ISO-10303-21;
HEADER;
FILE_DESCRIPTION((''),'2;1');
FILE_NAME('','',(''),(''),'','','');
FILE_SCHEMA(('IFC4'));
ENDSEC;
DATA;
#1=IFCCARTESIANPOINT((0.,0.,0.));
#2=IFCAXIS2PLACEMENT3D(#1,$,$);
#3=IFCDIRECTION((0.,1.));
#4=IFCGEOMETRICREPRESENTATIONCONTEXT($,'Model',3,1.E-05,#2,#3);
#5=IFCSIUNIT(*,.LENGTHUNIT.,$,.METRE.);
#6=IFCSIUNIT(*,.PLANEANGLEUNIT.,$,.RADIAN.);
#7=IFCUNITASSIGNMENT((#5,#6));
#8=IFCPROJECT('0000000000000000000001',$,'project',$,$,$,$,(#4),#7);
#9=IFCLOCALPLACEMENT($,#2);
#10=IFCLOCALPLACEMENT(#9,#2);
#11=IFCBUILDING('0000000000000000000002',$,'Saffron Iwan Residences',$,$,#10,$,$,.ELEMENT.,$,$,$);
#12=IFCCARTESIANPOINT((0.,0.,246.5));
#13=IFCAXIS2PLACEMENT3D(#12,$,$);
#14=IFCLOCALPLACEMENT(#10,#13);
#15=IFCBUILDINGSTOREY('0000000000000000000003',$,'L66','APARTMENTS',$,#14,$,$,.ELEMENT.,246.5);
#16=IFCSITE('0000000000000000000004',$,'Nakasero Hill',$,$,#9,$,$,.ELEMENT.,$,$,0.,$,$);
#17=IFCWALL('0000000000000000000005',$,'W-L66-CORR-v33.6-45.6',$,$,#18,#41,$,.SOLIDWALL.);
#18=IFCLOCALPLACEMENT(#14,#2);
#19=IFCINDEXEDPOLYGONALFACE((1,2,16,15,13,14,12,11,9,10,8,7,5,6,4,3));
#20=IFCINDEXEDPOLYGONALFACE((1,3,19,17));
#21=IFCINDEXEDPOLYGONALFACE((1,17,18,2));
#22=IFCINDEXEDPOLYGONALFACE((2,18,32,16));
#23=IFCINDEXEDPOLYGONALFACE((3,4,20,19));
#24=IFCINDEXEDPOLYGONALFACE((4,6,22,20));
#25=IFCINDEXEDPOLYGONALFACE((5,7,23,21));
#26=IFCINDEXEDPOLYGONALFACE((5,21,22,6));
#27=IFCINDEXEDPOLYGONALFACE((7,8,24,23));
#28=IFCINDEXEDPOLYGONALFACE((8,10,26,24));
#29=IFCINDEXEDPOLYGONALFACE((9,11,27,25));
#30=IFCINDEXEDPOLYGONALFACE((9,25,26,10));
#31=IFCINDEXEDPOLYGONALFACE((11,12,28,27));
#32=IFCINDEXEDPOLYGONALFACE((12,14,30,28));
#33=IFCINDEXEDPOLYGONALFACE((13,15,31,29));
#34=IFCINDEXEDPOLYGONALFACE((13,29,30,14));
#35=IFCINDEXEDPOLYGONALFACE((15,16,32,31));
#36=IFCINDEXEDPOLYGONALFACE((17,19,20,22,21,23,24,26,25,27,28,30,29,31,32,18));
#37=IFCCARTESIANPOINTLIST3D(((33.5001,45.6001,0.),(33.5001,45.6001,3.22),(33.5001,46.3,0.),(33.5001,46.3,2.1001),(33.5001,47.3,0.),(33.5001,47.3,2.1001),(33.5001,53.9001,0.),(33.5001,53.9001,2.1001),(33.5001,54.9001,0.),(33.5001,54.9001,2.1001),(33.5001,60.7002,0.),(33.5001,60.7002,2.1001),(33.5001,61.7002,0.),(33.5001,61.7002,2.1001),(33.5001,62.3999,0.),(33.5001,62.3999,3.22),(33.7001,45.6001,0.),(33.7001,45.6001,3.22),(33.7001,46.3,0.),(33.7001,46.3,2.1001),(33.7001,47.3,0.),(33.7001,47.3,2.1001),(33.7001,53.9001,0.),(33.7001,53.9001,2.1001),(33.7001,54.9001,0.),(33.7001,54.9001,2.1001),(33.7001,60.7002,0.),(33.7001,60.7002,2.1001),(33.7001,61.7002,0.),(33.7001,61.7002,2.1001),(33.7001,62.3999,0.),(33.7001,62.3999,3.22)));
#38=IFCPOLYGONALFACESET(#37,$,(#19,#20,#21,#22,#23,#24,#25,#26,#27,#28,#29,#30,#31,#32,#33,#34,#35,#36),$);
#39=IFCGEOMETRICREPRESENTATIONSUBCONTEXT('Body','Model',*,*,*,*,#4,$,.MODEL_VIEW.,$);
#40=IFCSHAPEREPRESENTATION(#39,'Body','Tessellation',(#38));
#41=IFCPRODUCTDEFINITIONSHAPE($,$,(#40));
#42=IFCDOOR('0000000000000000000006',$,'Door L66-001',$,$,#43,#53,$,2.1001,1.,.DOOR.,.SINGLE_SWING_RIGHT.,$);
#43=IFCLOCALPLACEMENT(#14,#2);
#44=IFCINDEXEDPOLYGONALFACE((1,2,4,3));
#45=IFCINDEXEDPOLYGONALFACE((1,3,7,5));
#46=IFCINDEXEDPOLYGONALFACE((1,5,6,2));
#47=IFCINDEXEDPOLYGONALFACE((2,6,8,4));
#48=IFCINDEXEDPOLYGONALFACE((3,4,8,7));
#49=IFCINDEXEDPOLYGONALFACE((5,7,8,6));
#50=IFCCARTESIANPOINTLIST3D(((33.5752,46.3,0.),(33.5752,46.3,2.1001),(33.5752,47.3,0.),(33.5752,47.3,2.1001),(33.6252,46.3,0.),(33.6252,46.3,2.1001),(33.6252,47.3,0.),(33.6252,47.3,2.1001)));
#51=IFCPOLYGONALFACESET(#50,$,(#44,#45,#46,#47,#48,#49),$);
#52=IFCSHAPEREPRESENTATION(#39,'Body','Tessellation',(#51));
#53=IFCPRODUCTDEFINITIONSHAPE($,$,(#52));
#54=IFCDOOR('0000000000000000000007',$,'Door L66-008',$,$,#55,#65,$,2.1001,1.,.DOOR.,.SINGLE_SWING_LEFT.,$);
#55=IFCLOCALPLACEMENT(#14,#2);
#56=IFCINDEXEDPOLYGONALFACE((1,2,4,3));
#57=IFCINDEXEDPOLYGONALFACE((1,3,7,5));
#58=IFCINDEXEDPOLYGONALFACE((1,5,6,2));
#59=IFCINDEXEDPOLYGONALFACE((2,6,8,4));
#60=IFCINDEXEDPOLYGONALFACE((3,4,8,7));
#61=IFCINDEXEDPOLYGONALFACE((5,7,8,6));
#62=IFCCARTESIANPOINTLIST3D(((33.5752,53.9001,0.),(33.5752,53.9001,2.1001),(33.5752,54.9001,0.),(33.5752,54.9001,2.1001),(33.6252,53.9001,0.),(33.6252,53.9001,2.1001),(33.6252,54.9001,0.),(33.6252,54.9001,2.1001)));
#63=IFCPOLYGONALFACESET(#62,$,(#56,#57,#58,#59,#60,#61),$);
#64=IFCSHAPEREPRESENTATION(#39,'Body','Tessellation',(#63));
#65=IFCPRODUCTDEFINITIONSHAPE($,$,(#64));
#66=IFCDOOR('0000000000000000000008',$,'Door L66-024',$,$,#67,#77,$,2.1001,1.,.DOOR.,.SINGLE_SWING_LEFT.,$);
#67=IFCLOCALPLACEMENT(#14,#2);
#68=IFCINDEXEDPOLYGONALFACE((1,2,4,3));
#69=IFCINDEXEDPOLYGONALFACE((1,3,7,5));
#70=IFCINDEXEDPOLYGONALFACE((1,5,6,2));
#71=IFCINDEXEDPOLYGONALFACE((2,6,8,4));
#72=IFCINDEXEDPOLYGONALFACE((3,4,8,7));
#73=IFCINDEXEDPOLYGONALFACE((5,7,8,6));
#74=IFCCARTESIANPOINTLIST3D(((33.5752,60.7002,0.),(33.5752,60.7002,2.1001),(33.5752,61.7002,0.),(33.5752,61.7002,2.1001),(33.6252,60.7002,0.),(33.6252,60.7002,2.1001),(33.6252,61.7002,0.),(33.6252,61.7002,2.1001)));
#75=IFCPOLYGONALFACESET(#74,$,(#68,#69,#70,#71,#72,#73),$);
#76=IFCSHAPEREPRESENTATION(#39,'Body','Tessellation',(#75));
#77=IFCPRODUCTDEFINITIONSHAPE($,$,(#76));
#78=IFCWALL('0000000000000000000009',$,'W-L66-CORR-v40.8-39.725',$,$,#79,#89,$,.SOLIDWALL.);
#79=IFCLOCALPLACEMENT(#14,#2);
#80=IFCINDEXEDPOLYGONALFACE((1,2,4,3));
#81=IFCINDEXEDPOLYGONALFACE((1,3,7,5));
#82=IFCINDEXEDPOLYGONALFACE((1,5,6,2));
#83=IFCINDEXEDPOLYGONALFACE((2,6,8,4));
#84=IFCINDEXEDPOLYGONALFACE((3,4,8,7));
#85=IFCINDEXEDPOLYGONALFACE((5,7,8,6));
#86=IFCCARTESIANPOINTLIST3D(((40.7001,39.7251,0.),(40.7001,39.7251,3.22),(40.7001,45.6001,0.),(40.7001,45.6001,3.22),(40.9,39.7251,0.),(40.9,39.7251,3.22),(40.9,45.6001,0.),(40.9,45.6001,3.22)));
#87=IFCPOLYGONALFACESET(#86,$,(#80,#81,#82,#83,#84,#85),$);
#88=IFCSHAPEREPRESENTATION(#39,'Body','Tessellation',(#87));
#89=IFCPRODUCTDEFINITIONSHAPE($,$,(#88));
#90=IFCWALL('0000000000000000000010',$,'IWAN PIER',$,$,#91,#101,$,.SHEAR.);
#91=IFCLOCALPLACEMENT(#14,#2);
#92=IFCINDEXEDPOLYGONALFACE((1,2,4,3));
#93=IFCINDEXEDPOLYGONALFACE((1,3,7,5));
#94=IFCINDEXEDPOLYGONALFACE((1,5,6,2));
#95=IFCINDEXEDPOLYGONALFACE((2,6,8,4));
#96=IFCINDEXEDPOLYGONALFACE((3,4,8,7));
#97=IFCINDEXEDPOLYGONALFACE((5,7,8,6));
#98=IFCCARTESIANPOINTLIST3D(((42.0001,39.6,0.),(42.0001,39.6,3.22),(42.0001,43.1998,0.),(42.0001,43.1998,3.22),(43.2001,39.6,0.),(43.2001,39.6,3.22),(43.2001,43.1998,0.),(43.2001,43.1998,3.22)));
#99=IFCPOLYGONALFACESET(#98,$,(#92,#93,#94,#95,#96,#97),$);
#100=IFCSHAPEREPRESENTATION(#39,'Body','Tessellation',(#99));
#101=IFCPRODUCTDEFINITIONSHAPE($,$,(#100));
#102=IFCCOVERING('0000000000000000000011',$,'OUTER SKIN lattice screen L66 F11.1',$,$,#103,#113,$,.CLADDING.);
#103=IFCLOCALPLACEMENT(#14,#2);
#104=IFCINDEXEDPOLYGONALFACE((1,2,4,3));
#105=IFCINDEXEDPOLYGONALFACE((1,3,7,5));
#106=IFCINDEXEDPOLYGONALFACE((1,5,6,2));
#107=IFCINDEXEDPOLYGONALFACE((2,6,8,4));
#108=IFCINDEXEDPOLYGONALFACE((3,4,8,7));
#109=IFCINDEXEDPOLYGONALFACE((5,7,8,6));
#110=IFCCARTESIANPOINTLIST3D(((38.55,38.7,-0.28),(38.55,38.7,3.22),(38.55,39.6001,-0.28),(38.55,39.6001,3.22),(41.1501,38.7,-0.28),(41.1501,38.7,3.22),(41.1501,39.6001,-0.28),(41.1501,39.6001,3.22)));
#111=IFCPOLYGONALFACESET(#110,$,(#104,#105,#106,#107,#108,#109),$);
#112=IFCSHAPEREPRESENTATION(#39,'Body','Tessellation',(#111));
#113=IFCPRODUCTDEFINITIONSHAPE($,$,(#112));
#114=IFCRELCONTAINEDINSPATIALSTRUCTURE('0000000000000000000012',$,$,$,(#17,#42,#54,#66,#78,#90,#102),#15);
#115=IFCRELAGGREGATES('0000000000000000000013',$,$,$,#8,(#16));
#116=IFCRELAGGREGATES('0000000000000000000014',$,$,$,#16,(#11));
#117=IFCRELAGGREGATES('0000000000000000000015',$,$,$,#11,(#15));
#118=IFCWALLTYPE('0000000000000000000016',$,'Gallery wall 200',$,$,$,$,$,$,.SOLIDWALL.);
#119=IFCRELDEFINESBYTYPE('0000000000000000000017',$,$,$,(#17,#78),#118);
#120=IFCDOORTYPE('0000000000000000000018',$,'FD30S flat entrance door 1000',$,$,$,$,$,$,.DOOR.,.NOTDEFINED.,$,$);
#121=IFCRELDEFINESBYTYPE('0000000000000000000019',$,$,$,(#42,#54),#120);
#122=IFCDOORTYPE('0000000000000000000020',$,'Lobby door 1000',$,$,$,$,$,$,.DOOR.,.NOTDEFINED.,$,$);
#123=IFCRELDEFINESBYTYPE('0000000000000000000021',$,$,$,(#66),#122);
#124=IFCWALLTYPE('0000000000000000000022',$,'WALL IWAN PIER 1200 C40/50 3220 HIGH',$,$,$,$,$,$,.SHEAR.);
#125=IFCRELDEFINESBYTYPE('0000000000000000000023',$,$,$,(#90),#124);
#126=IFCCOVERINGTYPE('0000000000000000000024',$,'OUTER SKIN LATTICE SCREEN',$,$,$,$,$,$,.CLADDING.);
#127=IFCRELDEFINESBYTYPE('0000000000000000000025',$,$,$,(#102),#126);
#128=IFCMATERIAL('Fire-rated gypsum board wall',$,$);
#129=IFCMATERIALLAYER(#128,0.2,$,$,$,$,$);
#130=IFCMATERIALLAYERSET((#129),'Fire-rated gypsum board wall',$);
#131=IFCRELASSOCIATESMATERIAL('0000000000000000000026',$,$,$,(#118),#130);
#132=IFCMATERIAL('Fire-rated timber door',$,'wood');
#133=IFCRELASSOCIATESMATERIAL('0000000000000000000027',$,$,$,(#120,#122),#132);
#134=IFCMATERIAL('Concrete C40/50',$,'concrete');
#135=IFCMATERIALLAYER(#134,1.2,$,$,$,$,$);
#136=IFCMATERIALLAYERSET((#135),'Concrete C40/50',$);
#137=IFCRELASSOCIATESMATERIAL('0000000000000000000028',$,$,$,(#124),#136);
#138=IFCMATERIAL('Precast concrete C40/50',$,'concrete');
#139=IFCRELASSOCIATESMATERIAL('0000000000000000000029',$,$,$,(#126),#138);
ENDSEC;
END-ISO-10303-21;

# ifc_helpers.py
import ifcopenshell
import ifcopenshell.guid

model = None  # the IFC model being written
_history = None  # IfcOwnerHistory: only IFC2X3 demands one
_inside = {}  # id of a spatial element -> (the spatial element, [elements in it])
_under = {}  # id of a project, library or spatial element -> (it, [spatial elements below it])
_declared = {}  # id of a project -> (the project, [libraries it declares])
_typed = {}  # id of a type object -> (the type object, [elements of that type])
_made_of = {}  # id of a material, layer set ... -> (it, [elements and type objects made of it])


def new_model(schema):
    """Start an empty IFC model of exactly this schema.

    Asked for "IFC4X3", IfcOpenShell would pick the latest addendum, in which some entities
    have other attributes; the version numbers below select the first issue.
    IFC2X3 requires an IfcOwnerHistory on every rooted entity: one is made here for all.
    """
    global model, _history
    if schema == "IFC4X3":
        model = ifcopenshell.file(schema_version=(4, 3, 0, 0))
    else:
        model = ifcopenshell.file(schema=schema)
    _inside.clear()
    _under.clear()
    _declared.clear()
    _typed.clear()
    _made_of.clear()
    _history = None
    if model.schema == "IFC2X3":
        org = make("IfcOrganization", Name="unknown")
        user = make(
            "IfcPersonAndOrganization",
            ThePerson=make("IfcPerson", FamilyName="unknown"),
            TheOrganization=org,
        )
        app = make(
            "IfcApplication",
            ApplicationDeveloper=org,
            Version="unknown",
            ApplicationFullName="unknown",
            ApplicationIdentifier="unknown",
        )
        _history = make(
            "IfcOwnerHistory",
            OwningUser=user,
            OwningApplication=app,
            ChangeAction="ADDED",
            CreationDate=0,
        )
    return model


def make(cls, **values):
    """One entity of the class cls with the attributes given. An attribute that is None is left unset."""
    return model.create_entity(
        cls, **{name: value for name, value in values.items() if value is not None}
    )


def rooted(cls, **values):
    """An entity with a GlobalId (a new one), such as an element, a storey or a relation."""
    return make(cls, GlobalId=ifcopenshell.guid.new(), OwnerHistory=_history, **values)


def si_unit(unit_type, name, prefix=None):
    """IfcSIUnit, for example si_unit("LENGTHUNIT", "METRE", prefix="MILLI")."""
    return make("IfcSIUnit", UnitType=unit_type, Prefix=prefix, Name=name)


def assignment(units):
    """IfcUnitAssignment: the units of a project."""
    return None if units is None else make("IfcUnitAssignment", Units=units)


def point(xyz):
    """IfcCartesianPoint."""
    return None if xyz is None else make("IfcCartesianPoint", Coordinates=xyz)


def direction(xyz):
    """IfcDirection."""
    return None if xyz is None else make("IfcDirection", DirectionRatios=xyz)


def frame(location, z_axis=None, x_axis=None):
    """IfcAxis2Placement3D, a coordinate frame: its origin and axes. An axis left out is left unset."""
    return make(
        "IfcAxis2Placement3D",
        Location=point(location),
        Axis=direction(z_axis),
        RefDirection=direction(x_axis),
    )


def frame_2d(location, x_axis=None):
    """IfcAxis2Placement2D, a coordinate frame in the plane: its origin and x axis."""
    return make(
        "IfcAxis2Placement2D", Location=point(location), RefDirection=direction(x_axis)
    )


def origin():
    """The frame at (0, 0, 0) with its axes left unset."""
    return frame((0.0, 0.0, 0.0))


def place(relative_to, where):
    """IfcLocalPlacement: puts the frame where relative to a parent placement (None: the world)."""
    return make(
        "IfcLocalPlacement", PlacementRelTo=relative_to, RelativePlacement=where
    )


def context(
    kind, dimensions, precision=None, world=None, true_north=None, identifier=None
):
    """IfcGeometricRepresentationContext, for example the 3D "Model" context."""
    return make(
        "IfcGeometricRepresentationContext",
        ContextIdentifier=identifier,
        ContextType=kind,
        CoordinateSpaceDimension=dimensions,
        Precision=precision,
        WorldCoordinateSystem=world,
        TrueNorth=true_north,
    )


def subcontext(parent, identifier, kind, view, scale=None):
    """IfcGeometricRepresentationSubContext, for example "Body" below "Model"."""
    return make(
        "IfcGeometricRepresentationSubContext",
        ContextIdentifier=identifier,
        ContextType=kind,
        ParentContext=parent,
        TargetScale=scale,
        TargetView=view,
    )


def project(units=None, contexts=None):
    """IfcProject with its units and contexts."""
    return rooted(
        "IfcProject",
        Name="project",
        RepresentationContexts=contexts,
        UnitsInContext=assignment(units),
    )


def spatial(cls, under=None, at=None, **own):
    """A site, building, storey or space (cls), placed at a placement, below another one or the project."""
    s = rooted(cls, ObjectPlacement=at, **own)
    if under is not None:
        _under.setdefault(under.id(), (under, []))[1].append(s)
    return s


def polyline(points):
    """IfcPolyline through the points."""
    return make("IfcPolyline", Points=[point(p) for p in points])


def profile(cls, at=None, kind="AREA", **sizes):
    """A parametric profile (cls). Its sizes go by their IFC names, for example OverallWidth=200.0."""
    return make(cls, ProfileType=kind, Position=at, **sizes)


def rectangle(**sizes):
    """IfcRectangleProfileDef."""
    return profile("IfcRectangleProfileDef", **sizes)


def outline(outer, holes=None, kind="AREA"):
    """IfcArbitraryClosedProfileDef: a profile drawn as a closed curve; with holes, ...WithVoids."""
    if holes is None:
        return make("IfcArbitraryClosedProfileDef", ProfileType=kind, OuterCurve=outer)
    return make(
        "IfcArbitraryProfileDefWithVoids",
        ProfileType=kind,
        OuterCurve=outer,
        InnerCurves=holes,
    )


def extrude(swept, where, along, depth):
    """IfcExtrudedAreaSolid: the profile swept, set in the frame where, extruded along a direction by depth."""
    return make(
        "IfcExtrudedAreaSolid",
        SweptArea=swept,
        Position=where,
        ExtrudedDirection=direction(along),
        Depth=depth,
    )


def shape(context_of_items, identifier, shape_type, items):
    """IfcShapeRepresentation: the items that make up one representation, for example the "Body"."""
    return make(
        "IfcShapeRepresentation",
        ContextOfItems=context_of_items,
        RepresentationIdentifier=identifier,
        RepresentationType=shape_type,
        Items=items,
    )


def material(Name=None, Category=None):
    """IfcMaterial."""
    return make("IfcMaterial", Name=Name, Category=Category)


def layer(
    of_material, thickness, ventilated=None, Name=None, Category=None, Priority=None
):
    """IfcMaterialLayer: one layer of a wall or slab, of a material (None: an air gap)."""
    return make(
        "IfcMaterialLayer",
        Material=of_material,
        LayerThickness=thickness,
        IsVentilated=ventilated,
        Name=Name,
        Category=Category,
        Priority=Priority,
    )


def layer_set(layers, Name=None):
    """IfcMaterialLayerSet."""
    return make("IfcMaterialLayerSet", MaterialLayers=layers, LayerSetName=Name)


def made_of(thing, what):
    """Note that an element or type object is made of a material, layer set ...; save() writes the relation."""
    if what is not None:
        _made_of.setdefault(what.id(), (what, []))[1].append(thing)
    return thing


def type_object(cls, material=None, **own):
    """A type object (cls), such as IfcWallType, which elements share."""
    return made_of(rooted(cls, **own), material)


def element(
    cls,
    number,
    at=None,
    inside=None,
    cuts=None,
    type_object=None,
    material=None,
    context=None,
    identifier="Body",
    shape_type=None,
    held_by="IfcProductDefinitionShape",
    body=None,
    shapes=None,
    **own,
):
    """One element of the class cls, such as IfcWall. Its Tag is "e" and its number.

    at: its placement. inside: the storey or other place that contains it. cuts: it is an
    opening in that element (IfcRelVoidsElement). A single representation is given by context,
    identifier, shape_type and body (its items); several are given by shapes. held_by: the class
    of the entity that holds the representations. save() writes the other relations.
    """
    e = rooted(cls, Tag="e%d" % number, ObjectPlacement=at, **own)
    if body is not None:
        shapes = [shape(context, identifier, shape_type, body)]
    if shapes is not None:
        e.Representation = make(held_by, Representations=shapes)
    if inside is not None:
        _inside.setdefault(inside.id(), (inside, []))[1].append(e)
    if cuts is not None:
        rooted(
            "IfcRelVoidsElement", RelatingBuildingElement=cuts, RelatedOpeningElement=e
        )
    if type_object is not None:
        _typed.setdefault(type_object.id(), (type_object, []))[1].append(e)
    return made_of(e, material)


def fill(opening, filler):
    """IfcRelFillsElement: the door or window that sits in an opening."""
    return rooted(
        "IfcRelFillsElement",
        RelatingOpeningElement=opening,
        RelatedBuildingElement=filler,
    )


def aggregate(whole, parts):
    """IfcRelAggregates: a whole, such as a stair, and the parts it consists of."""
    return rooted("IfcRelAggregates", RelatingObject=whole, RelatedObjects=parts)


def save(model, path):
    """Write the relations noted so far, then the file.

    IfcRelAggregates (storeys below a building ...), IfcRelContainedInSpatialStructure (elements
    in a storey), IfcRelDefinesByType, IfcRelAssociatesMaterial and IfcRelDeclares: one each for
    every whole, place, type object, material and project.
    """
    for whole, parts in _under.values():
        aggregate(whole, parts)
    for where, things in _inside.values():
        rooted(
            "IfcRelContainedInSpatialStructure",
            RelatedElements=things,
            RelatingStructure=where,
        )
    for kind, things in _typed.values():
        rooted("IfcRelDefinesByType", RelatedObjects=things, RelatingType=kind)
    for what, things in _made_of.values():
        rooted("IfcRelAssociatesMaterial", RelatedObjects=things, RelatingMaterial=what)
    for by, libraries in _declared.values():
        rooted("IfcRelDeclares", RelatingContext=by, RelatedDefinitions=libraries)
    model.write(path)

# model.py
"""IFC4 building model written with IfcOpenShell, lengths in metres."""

from ifc_helpers import new_model, si_unit, direction, frame, frame_2d, origin, place, context, subcontext, project, spatial, polyline, rectangle, outline, extrude, material, layer, layer_set, type_object, element, fill, save


model = new_model("IFC4")

# Units and contexts
model_context = context("Model", 3, precision=1e-05, world=origin(), true_north=direction((0.0, 1.0)))
body_context = subcontext(model_context, "Body", "Model", "MODEL_VIEW")
ifc_project = project(units=[si_unit("LENGTHUNIT", "METRE"), si_unit("PLANEANGLEUNIT", "RADIAN")], contexts=[model_context])

# Site, building, storey
site_placement = place(None, origin())
site = spatial("IfcSite", under=ifc_project, at=site_placement, Name="Nakasero Hill", CompositionType="ELEMENT", RefElevation=0.0)
building_placement = place(site_placement, origin())
building = spatial("IfcBuilding", under=site, at=building_placement, Name="Saffron Iwan Residences", CompositionType="ELEMENT")
storey_placement = place(building_placement, frame((0.0, 0.0, 246.5)))
storey = spatial("IfcBuildingStorey", under=building, at=storey_placement, Name="L66", Description="APARTMENTS", CompositionType="ELEMENT", Elevation=246.5)

# Shared definitions
ifc_material_1 = material(Name="Concrete C40/50", Category="concrete")

# Shared definitions
ifc_material_2 = material(Name="Fire-rated gypsum board wall")
ifc_layer_1 = layer(ifc_material_2, 0.2)
ifc_layer_set_1 = layer_set([ifc_layer_1], Name="Fire-rated gypsum board wall")
wall_type_1 = type_object("IfcWallType", Name="Gallery wall 200", PredefinedType="SOLIDWALL", material=ifc_layer_set_1)

# Wall, openings, doors
wall_1_placement = place(storey_placement, frame((33.6001, 45.6001, 0.0), z_axis=(0.0, 0.0, 1.0), x_axis=(0.0, 1.0, 0.0)))
wall_1 = element("IfcWall", 1, at=wall_1_placement, inside=storey, type_object=wall_type_1, Name="W-L66-CORR-v33.6-45.6", PredefinedType="SOLIDWALL", context=body_context, shape_type="SweptSolid", body=[
    extrude(rectangle(XDim=16.7998, YDim=0.2, at=frame_2d((8.3999, 0.0))), origin(), (0.0, 0.0, 1.0), 3.22),
])
opening_1_placement = place(wall_1_placement, frame((0.7, 0.0, 0.0)))
opening_1 = element("IfcOpeningElement", 2, at=opening_1_placement, cuts=wall_1, PredefinedType="OPENING", context=body_context, shape_type="SweptSolid", body=[
    extrude(rectangle(XDim=1.0, YDim=2.1001, at=frame_2d((0.5, 1.05))), frame((0.0, 0.1099, 0.0), z_axis=(0.0, -1.0, 0.0), x_axis=(1.0, 0.0, 0.0)), (0.0, 0.0, 1.0), 0.22),
])
opening_2_placement = place(wall_1_placement, frame((8.3, 0.0, 0.0)))
opening_2 = element("IfcOpeningElement", 3, at=opening_2_placement, cuts=wall_1, PredefinedType="OPENING", context=body_context, shape_type="SweptSolid", body=[
    extrude(rectangle(XDim=1.0, YDim=2.1001, at=frame_2d((0.5, 1.05))), frame((0.0, 0.1099, 0.0), z_axis=(0.0, -1.0, 0.0), x_axis=(1.0, 0.0, 0.0)), (0.0, 0.0, 1.0), 0.22),
])
opening_3_placement = place(wall_1_placement, frame((15.1001, 0.0, 0.0)))
opening_3 = element("IfcOpeningElement", 4, at=opening_3_placement, cuts=wall_1, PredefinedType="OPENING", context=body_context, shape_type="SweptSolid", body=[
    extrude(rectangle(XDim=1.0, YDim=2.1001, at=frame_2d((0.5, 1.05))), frame((0.0, 0.1099, 0.0), z_axis=(0.0, -1.0, 0.0), x_axis=(1.0, 0.0, 0.0)), (0.0, 0.0, 1.0), 0.22),
])
ifc_material_3 = material(Name="Fire-rated timber door", Category="wood")
door_type_1 = type_object("IfcDoorType", Name="FD30S flat entrance door 1000", OperationType="NOTDEFINED", PredefinedType="DOOR", material=ifc_material_3)
door_1_placement = place(opening_1_placement, origin())
door_1 = element("IfcDoor", 5, at=door_1_placement, inside=storey, type_object=door_type_1, Name="Door L66-001", OperationType="SINGLE_SWING_RIGHT", OverallHeight=2.1001, OverallWidth=1.0, PredefinedType="DOOR", context=body_context, shape_type="SweptSolid", body=[
    extrude(rectangle(XDim=1.0, YDim=2.1001, at=frame_2d((0.5, 1.05))), frame((0.0, 0.0249, 0.0), z_axis=(0.0, -1.0, 0.0), x_axis=(1.0, 0.0, 0.0)), (0.0, 0.0, 1.0), 0.05),
])
fill(opening_1, door_1)
door_2_placement = place(opening_2_placement, origin())
door_2 = element("IfcDoor", 6, at=door_2_placement, inside=storey, type_object=door_type_1, Name="Door L66-008", OperationType="SINGLE_SWING_LEFT", OverallHeight=2.1001, OverallWidth=1.0, PredefinedType="DOOR", context=body_context, shape_type="SweptSolid", body=[
    extrude(rectangle(XDim=1.0, YDim=2.1001, at=frame_2d((0.5, 1.05))), frame((0.0, 0.0249, 0.0), z_axis=(0.0, -1.0, 0.0), x_axis=(1.0, 0.0, 0.0)), (0.0, 0.0, 1.0), 0.05),
])
fill(opening_2, door_2)
door_type_2 = type_object("IfcDoorType", Name="Lobby door 1000", OperationType="NOTDEFINED", PredefinedType="DOOR", material=ifc_material_3)
door_3_placement = place(opening_3_placement, origin())
door_3 = element("IfcDoor", 7, at=door_3_placement, inside=storey, type_object=door_type_2, Name="Door L66-024", OperationType="SINGLE_SWING_LEFT", OverallHeight=2.1001, OverallWidth=1.0, PredefinedType="DOOR", context=body_context, shape_type="SweptSolid", body=[
    extrude(rectangle(XDim=1.0, YDim=2.1001, at=frame_2d((0.5, 1.05))), frame((0.0, 0.0249, 0.0), z_axis=(0.0, -1.0, 0.0), x_axis=(1.0, 0.0, 0.0)), (0.0, 0.0, 1.0), 0.05),
])
fill(opening_3, door_3)

# Walls
wall_2_placement = place(storey_placement, frame((40.8, 39.7251, 0.0), z_axis=(0.0, 0.0, 1.0), x_axis=(0.0, 1.0, 0.0)))
element("IfcWall", 8, at=wall_2_placement, inside=storey, type_object=wall_type_1, Name="W-L66-CORR-v40.8-39.725", PredefinedType="SOLIDWALL", context=body_context, shape_type="SweptSolid", body=[
    extrude(rectangle(XDim=5.875, YDim=0.2, at=frame_2d((2.9375, 0.0))), origin(), (0.0, 0.0, 1.0), 3.22),
])
ifc_layer_2 = layer(ifc_material_1, 1.2)
ifc_layer_set_2 = layer_set([ifc_layer_2], Name="Concrete C40/50")
wall_type_2 = type_object("IfcWallType", Name="WALL IWAN PIER 1200 C40/50 3220 HIGH", PredefinedType="SHEAR", material=ifc_layer_set_2)
wall_3_placement = place(storey_placement, frame((42.6001, 39.6001, 0.0), z_axis=(0.0, 0.0, 1.0), x_axis=(0.0, 1.0, 0.0)))
element("IfcWall", 9, at=wall_3_placement, inside=storey, type_object=wall_type_2, Name="IWAN PIER", PredefinedType="SHEAR", context=body_context, shape_type="SweptSolid", body=[
    extrude(rectangle(XDim=3.5999, YDim=1.2, at=frame_2d((1.7998, 0.0))), origin(), (0.0, 0.0, 1.0), 3.22),
])

# Covering
ifc_material_4 = material(Name="Precast concrete C40/50", Category="concrete")
covering_type = type_object("IfcCoveringType", Name="OUTER SKIN LATTICE SCREEN", PredefinedType="CLADDING", material=ifc_material_4)
covering_placement = place(storey_placement, frame((38.55, 39.6001, -0.28), z_axis=(0.0, -1.0, 0.0), x_axis=(1.0, 0.0, 0.0)))
element("IfcCovering", 10, at=covering_placement, inside=storey, type_object=covering_type, Name="OUTER SKIN lattice screen L66 F11.1", PredefinedType="CLADDING", context=body_context, shape_type="SweptSolid", body=[
    extrude(outline(polyline([(0.0, 0.0), (2.6001, 0.0), (2.6001, 3.5), (0.0, 3.5), (0.0, 0.0)])), origin(), (0.0, 0.0, 1.0), 0.9001),
])

save(model, "model.ifc")
